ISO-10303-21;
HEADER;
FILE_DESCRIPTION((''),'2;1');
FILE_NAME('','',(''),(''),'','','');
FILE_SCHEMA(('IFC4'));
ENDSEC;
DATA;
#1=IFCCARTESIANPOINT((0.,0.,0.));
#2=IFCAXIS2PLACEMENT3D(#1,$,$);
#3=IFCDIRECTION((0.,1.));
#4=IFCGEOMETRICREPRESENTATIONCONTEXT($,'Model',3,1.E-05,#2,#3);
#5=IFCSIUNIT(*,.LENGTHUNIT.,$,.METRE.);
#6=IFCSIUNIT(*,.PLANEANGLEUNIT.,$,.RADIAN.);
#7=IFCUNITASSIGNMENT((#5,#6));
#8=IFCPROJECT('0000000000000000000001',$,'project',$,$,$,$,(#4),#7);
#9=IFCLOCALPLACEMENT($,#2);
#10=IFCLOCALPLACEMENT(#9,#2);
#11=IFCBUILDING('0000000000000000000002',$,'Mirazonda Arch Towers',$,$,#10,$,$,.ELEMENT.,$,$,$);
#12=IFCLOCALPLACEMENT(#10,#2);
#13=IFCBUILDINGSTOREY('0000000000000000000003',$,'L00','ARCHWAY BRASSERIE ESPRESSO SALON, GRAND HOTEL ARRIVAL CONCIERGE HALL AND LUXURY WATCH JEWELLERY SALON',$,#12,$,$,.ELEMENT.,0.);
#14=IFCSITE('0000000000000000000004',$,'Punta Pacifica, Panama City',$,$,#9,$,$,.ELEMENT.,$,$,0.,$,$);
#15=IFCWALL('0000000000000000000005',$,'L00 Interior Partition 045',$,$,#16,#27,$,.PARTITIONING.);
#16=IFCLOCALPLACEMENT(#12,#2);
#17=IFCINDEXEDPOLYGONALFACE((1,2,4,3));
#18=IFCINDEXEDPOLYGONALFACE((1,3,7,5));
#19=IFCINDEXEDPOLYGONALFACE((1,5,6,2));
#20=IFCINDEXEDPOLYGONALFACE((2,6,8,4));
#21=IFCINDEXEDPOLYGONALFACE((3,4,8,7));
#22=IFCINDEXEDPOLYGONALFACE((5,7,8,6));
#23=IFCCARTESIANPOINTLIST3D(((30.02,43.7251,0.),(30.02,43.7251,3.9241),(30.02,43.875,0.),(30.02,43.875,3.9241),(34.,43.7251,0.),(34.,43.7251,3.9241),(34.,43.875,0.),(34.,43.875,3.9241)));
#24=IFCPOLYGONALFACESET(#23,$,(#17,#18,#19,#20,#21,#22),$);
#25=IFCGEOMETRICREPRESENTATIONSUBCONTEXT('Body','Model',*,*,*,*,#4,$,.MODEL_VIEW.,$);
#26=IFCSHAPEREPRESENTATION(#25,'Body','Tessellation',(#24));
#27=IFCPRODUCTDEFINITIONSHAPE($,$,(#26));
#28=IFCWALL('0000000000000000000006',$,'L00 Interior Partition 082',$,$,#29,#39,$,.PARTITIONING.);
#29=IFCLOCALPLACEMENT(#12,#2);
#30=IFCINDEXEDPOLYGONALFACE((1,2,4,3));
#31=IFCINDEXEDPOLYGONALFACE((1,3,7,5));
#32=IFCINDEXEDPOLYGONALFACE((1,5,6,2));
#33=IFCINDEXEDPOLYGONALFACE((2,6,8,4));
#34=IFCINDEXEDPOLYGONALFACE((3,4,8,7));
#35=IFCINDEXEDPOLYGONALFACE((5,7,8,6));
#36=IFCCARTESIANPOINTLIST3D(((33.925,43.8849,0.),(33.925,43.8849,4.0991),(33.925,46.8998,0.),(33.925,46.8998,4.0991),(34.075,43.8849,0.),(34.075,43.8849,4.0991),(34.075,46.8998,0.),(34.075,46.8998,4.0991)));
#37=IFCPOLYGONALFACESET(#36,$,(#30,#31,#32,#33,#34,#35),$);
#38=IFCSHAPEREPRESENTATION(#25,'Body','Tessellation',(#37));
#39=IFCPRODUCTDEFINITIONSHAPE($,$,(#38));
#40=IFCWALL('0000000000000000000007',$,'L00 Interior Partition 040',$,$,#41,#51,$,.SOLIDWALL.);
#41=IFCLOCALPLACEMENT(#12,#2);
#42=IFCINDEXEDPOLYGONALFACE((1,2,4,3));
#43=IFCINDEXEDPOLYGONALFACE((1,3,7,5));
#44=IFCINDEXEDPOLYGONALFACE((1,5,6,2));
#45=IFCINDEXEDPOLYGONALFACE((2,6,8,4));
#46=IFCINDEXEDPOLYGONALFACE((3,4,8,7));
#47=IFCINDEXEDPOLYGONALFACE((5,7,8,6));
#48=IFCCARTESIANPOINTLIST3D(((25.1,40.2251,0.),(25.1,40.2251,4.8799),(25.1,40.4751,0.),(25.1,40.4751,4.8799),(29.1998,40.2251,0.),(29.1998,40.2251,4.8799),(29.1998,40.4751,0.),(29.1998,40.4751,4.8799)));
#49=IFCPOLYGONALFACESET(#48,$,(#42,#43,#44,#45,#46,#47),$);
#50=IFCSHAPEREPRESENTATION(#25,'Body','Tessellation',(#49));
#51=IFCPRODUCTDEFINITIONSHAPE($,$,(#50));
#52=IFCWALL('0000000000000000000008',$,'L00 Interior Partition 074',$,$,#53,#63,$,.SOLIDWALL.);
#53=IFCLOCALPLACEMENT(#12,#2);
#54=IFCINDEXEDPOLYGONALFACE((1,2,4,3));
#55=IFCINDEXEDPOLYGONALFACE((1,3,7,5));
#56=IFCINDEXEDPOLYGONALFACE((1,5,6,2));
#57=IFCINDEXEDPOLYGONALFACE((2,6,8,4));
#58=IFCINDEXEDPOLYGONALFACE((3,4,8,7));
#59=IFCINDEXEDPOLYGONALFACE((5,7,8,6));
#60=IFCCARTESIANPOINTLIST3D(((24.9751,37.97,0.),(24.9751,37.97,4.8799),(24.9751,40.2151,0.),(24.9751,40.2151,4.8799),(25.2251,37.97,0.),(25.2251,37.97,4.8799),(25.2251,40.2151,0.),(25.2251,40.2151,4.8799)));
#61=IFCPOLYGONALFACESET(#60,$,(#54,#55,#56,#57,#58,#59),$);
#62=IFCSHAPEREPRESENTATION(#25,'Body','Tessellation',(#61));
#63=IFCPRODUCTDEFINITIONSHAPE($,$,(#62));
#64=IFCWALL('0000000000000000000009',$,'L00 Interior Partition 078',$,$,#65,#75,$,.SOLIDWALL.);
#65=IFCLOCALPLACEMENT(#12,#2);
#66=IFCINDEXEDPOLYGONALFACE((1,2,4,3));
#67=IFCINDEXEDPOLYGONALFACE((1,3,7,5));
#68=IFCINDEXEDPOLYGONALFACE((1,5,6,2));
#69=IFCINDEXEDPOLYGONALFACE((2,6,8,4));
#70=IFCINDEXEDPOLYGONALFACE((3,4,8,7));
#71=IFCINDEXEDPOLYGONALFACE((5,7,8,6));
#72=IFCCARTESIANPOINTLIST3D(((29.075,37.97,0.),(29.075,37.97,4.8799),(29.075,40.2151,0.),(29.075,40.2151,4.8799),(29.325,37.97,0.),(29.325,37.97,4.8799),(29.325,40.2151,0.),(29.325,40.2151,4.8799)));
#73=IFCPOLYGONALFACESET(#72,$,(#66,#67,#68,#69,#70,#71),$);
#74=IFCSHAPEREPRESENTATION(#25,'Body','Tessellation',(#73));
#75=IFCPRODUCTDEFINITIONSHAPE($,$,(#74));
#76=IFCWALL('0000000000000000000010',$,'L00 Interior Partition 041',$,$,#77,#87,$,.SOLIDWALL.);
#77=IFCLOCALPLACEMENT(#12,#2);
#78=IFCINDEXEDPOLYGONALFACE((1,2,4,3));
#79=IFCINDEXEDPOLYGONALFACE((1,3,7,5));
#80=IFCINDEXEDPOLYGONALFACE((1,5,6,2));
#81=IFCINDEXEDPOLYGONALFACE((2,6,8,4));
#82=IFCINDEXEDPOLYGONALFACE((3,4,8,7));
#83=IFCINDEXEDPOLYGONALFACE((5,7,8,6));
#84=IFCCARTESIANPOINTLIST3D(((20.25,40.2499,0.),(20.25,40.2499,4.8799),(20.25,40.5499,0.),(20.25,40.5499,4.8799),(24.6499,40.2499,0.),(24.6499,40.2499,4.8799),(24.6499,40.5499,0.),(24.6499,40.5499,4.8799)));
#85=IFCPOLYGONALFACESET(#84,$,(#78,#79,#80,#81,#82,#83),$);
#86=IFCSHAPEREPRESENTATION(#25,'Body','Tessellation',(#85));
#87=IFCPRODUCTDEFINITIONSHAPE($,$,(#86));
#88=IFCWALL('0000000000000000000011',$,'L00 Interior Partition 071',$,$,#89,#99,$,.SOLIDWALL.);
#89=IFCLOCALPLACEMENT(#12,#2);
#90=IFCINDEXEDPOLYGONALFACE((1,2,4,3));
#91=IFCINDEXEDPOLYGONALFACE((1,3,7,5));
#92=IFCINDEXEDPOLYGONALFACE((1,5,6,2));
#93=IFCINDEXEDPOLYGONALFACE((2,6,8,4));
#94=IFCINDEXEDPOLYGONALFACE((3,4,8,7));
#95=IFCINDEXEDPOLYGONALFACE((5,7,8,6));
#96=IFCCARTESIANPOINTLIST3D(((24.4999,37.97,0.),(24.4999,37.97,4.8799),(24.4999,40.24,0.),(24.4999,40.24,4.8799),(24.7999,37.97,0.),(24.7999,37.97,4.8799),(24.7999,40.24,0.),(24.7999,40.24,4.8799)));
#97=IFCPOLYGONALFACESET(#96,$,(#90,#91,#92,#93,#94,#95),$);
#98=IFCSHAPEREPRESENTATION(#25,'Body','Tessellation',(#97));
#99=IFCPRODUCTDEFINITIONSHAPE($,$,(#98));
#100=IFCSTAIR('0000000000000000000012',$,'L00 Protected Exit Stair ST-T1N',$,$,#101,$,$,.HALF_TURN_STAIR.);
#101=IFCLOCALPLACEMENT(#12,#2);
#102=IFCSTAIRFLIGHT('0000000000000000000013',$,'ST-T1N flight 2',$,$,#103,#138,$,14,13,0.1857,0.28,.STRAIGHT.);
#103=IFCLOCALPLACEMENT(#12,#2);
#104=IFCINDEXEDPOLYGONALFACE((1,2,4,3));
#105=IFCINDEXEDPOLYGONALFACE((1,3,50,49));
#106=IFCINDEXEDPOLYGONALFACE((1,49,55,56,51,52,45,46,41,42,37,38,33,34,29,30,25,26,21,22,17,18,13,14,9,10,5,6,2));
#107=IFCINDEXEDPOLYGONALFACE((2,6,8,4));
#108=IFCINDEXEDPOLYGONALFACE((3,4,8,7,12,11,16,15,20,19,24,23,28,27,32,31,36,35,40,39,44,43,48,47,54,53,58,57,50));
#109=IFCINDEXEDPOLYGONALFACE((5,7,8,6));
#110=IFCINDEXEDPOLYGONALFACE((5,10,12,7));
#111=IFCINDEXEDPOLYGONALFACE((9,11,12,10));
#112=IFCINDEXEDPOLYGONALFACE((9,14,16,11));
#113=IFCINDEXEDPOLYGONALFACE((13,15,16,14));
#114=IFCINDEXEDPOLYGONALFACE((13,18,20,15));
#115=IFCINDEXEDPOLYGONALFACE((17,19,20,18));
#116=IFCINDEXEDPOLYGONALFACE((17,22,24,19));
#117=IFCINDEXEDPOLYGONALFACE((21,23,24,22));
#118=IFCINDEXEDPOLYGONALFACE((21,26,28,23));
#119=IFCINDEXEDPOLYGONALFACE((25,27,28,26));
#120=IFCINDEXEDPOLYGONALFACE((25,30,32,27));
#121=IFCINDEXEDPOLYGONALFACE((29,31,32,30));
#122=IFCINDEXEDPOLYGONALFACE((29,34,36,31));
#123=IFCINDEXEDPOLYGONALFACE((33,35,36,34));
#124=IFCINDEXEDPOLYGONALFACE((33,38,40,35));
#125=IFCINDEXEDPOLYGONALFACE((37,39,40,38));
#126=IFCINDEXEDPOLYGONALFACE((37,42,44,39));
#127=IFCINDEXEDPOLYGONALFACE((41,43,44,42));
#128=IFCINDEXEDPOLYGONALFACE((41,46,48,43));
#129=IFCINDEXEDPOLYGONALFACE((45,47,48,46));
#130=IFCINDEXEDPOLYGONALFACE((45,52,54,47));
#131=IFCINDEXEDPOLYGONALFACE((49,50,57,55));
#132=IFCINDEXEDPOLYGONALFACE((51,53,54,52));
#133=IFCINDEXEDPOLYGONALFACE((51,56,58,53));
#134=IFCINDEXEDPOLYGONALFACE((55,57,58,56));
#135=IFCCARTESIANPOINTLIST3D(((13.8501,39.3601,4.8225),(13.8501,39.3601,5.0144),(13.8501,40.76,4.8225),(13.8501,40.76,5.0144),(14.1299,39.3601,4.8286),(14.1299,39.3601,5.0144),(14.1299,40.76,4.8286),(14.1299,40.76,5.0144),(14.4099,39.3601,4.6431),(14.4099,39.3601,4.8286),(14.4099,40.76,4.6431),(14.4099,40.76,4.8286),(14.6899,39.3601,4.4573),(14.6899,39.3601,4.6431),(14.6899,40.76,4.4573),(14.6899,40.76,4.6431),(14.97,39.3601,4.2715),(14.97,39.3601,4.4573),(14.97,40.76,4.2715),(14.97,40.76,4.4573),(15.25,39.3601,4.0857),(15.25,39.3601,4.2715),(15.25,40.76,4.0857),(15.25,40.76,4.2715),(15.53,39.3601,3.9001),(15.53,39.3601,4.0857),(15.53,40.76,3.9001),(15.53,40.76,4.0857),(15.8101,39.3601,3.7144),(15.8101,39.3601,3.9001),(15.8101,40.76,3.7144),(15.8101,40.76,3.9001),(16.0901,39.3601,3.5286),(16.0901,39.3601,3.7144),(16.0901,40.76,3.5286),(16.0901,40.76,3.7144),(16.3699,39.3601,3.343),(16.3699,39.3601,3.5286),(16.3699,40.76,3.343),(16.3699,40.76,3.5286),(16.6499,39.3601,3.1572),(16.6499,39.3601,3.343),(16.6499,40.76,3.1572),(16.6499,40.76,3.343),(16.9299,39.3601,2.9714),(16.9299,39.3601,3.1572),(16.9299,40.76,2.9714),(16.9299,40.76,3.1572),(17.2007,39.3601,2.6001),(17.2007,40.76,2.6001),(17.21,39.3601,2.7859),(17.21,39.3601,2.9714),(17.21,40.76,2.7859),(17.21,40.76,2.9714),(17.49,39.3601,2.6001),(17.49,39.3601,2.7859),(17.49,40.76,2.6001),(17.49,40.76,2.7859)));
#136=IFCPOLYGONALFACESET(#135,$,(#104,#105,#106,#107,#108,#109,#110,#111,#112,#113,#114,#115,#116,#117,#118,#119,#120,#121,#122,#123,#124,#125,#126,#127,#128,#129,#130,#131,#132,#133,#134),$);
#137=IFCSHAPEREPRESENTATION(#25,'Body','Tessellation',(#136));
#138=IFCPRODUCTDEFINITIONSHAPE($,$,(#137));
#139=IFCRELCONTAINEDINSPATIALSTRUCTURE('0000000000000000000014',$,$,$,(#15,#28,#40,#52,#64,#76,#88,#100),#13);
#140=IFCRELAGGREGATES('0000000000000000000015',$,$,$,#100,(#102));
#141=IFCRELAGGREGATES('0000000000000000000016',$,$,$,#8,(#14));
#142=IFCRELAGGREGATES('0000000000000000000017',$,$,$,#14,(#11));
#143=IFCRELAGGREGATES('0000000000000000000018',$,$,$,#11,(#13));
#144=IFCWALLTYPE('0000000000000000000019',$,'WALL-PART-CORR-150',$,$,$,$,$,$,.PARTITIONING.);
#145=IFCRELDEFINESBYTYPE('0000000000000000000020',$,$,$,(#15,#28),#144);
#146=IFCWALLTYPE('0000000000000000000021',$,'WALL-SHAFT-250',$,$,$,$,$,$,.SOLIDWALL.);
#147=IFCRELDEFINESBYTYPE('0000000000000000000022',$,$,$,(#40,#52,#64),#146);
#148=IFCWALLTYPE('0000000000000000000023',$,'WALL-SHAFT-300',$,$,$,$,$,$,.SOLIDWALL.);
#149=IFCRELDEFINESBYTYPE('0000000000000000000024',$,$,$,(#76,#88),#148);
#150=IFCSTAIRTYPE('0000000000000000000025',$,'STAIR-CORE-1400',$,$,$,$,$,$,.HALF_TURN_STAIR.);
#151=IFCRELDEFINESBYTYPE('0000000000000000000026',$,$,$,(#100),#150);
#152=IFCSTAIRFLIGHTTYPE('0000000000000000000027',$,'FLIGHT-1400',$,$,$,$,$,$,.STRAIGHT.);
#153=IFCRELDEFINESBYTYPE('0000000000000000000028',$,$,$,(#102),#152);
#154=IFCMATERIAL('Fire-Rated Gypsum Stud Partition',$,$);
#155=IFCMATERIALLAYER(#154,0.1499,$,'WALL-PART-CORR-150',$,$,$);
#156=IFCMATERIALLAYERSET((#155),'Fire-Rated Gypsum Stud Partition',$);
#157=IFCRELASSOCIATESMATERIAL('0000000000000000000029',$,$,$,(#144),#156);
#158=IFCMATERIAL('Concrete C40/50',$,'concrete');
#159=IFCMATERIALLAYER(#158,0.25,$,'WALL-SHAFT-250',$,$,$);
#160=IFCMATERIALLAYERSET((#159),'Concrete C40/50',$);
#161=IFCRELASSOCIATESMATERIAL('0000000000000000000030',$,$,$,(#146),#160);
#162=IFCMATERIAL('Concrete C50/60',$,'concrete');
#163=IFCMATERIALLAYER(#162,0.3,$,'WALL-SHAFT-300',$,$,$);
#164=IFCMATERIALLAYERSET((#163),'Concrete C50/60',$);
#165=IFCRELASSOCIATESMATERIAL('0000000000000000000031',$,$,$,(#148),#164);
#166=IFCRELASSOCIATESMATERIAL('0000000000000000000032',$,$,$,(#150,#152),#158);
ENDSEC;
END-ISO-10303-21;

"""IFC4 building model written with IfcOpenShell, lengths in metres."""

from ifc_helpers import new_model, si_unit, direction, frame, frame_2d, origin, place, context, subcontext, project, spatial, polyline, rectangle, outline, extrude, material, layer, layer_set, type_object, element, aggregate, save


model = new_model("IFC4")

# Units and contexts
model_context = context("Model", 3, precision=1e-05, world=origin(), true_north=direction((0.0, 1.0)))
body_context = subcontext(model_context, "Body", "Model", "MODEL_VIEW")
ifc_project = project(units=[si_unit("LENGTHUNIT", "METRE"), si_unit("PLANEANGLEUNIT", "RADIAN")], contexts=[model_context])

# Site, building, storey
site_placement = place(None, origin())
site = spatial("IfcSite", under=ifc_project, at=site_placement, Name="Punta Pacifica, Panama City", CompositionType="ELEMENT", RefElevation=0.0)
building_placement = place(site_placement, origin())
building = spatial("IfcBuilding", under=site, at=building_placement, Name="Mirazonda Arch Towers", CompositionType="ELEMENT")
storey_placement = place(building_placement, origin())
storey = spatial("IfcBuildingStorey", under=building, at=storey_placement, Name="L00", Description="ARCHWAY BRASSERIE ESPRESSO SALON, GRAND HOTEL ARRIVAL CONCIERGE HALL AND LUXURY WATCH JEWELLERY SALON", CompositionType="ELEMENT", Elevation=0.0)

# Shared definitions
ifc_material_1 = material(Name="Concrete C50/60", Category="concrete")

# Walls
ifc_material_2 = material(Name="Fire-Rated Gypsum Stud Partition")
ifc_layer_1 = layer(ifc_material_2, 0.1499, Name="WALL-PART-CORR-150")
ifc_layer_set_1 = layer_set([ifc_layer_1], Name="Fire-Rated Gypsum Stud Partition")
wall_type_1 = type_object("IfcWallType", Name="WALL-PART-CORR-150", PredefinedType="PARTITIONING", material=ifc_layer_set_1)
wall_1_placement = place(storey_placement, frame((30.02, 43.8, 0.0), z_axis=(0.0, 0.0, 1.0), x_axis=(1.0, 0.0, 0.0)))
element("IfcWall", 1, at=wall_1_placement, inside=storey, type_object=wall_type_1, Name="L00 Interior Partition 045", PredefinedType="PARTITIONING", context=body_context, shape_type="SweptSolid", body=[
    extrude(rectangle(XDim=3.98, YDim=0.1499, at=frame_2d((1.99, 0.0))), origin(), (0.0, 0.0, 1.0), 3.9241),
])
wall_2_placement = place(storey_placement, frame((34.0, 43.885, 0.0), z_axis=(0.0, 0.0, 1.0), x_axis=(0.0, 1.0, 0.0)))
element("IfcWall", 2, at=wall_2_placement, inside=storey, type_object=wall_type_1, Name="L00 Interior Partition 082", PredefinedType="PARTITIONING", context=body_context, shape_type="SweptSolid", body=[
    extrude(rectangle(XDim=3.0149, YDim=0.1499, at=frame_2d((1.5073, 0.0))), origin(), (0.0, 0.0, 1.0), 4.0991),
])
ifc_material_3 = material(Name="Concrete C40/50", Category="concrete")
ifc_layer_2 = layer(ifc_material_3, 0.25, Name="WALL-SHAFT-250")
ifc_layer_set_2 = layer_set([ifc_layer_2], Name="Concrete C40/50")
wall_type_2 = type_object("IfcWallType", Name="WALL-SHAFT-250", PredefinedType="SOLIDWALL", material=ifc_layer_set_2)
wall_3_placement = place(storey_placement, frame((25.1001, 40.3501, 0.0), z_axis=(0.0, 0.0, 1.0), x_axis=(1.0, 0.0, 0.0)))
element("IfcWall", 3, at=wall_3_placement, inside=storey, type_object=wall_type_2, Name="L00 Interior Partition 040", PredefinedType="SOLIDWALL", context=body_context, shape_type="SweptSolid", body=[
    extrude(rectangle(XDim=4.0999, YDim=0.25, at=frame_2d((2.0498, 0.0))), origin(), (0.0, 0.0, 1.0), 4.8799),
])
for number, where, z_axis, x_axis, name in (
    (4, (25.1001, 37.97, 0.0), (0.0, 0.0, 1.0), (0.0, 1.0, 0.0), "L00 Interior Partition 074"),
    (5, (29.2, 37.97, 0.0), (0.0, 0.0, 1.0), (0.0, 1.0, 0.0), "L00 Interior Partition 078"),
):
    element("IfcWall", number, at=place(storey_placement, frame(where, z_axis=z_axis, x_axis=x_axis)), inside=storey, type_object=wall_type_2, Name=name, PredefinedType="SOLIDWALL", context=body_context, shape_type="SweptSolid", body=[
        extrude(rectangle(XDim=2.2451, YDim=0.25, at=frame_2d((1.1226, 0.0))), origin(), (0.0, 0.0, 1.0), 4.8799),
    ])
ifc_layer_3 = layer(ifc_material_1, 0.3, Name="WALL-SHAFT-300")
ifc_layer_set_3 = layer_set([ifc_layer_3], Name="Concrete C50/60")
wall_type_3 = type_object("IfcWallType", Name="WALL-SHAFT-300", PredefinedType="SOLIDWALL", material=ifc_layer_set_3)
wall_4_placement = place(storey_placement, frame((20.25, 40.3999, 0.0), z_axis=(0.0, 0.0, 1.0), x_axis=(1.0, 0.0, 0.0)))
element("IfcWall", 6, at=wall_4_placement, inside=storey, type_object=wall_type_3, Name="L00 Interior Partition 041", PredefinedType="SOLIDWALL", context=body_context, shape_type="SweptSolid", body=[
    extrude(rectangle(XDim=4.3999, YDim=0.3, at=frame_2d((2.2, 0.0))), origin(), (0.0, 0.0, 1.0), 4.8799),
])
wall_5_placement = place(storey_placement, frame((24.6499, 37.97, 0.0), z_axis=(0.0, 0.0, 1.0), x_axis=(0.0, 1.0, 0.0)))
element("IfcWall", 7, at=wall_5_placement, inside=storey, type_object=wall_type_3, Name="L00 Interior Partition 071", PredefinedType="SOLIDWALL", context=body_context, shape_type="SweptSolid", body=[
    extrude(rectangle(XDim=2.27, YDim=0.3, at=frame_2d((1.135, 0.0))), origin(), (0.0, 0.0, 1.0), 4.8799),
])

# Stair, stair flight
stair_type = type_object("IfcStairType", Name="STAIR-CORE-1400", PredefinedType="HALF_TURN_STAIR", material=ifc_material_3)
stair_placement = place(storey_placement, origin())
stair = element("IfcStair", 8, at=stair_placement, inside=storey, type_object=stair_type, Name="L00 Protected Exit Stair ST-T1N", PredefinedType="HALF_TURN_STAIR")
stair_flight_type = type_object("IfcStairFlightType", Name="FLIGHT-1400", PredefinedType="STRAIGHT", material=ifc_material_3)
stair_flight_placement = place(storey_placement, frame((17.49, 40.0601, 2.6001), z_axis=(0.0, 0.0, 1.0), x_axis=(-1.0, 0.0, 0.0)))
stair_flight = element("IfcStairFlight", 9, at=stair_flight_placement, type_object=stair_flight_type, Name="ST-T1N flight 2", NumberOfRisers=14, NumberOfTreads=13, PredefinedType="STRAIGHT", RiserHeight=0.1857, TreadLength=0.28, context=body_context, shape_type="SweptSolid", body=[
    extrude(outline(polyline([(0.0, 0.0), (0.0, 0.1858), (0.28, 0.1858), (0.28, 0.3713), (0.5601, 0.3713), (0.5601, 0.5571), (0.8401, 0.5571), (0.8401, 0.7429), (1.1201, 0.7429), (1.1201, 0.9285), (1.3999, 0.9285), (1.3999, 1.1143), (1.6799, 1.1143), (1.6799, 1.3), (1.96, 1.3), (1.96, 1.4856), (2.24, 1.4856), (2.24, 1.6714), (2.52, 1.6714), (2.52, 1.8572), (2.8, 1.8572), (2.8, 2.043), (3.0801, 2.043), (3.0801, 2.2285), (3.3601, 2.2285), (3.3601, 2.4143), (3.6399, 2.4143), (3.6399, 2.6001), (3.6399, 2.2224), (0.2893, 0.0), (0.0, 0.0)])), frame((0.0, 0.7, 0.0), z_axis=(0.0, -1.0, 0.0), x_axis=(1.0, 0.0, 0.0)), (0.0, 0.0, 1.0), 1.3999),
])
aggregate(stair, [stair_flight])

save(model, "model.ifc")
